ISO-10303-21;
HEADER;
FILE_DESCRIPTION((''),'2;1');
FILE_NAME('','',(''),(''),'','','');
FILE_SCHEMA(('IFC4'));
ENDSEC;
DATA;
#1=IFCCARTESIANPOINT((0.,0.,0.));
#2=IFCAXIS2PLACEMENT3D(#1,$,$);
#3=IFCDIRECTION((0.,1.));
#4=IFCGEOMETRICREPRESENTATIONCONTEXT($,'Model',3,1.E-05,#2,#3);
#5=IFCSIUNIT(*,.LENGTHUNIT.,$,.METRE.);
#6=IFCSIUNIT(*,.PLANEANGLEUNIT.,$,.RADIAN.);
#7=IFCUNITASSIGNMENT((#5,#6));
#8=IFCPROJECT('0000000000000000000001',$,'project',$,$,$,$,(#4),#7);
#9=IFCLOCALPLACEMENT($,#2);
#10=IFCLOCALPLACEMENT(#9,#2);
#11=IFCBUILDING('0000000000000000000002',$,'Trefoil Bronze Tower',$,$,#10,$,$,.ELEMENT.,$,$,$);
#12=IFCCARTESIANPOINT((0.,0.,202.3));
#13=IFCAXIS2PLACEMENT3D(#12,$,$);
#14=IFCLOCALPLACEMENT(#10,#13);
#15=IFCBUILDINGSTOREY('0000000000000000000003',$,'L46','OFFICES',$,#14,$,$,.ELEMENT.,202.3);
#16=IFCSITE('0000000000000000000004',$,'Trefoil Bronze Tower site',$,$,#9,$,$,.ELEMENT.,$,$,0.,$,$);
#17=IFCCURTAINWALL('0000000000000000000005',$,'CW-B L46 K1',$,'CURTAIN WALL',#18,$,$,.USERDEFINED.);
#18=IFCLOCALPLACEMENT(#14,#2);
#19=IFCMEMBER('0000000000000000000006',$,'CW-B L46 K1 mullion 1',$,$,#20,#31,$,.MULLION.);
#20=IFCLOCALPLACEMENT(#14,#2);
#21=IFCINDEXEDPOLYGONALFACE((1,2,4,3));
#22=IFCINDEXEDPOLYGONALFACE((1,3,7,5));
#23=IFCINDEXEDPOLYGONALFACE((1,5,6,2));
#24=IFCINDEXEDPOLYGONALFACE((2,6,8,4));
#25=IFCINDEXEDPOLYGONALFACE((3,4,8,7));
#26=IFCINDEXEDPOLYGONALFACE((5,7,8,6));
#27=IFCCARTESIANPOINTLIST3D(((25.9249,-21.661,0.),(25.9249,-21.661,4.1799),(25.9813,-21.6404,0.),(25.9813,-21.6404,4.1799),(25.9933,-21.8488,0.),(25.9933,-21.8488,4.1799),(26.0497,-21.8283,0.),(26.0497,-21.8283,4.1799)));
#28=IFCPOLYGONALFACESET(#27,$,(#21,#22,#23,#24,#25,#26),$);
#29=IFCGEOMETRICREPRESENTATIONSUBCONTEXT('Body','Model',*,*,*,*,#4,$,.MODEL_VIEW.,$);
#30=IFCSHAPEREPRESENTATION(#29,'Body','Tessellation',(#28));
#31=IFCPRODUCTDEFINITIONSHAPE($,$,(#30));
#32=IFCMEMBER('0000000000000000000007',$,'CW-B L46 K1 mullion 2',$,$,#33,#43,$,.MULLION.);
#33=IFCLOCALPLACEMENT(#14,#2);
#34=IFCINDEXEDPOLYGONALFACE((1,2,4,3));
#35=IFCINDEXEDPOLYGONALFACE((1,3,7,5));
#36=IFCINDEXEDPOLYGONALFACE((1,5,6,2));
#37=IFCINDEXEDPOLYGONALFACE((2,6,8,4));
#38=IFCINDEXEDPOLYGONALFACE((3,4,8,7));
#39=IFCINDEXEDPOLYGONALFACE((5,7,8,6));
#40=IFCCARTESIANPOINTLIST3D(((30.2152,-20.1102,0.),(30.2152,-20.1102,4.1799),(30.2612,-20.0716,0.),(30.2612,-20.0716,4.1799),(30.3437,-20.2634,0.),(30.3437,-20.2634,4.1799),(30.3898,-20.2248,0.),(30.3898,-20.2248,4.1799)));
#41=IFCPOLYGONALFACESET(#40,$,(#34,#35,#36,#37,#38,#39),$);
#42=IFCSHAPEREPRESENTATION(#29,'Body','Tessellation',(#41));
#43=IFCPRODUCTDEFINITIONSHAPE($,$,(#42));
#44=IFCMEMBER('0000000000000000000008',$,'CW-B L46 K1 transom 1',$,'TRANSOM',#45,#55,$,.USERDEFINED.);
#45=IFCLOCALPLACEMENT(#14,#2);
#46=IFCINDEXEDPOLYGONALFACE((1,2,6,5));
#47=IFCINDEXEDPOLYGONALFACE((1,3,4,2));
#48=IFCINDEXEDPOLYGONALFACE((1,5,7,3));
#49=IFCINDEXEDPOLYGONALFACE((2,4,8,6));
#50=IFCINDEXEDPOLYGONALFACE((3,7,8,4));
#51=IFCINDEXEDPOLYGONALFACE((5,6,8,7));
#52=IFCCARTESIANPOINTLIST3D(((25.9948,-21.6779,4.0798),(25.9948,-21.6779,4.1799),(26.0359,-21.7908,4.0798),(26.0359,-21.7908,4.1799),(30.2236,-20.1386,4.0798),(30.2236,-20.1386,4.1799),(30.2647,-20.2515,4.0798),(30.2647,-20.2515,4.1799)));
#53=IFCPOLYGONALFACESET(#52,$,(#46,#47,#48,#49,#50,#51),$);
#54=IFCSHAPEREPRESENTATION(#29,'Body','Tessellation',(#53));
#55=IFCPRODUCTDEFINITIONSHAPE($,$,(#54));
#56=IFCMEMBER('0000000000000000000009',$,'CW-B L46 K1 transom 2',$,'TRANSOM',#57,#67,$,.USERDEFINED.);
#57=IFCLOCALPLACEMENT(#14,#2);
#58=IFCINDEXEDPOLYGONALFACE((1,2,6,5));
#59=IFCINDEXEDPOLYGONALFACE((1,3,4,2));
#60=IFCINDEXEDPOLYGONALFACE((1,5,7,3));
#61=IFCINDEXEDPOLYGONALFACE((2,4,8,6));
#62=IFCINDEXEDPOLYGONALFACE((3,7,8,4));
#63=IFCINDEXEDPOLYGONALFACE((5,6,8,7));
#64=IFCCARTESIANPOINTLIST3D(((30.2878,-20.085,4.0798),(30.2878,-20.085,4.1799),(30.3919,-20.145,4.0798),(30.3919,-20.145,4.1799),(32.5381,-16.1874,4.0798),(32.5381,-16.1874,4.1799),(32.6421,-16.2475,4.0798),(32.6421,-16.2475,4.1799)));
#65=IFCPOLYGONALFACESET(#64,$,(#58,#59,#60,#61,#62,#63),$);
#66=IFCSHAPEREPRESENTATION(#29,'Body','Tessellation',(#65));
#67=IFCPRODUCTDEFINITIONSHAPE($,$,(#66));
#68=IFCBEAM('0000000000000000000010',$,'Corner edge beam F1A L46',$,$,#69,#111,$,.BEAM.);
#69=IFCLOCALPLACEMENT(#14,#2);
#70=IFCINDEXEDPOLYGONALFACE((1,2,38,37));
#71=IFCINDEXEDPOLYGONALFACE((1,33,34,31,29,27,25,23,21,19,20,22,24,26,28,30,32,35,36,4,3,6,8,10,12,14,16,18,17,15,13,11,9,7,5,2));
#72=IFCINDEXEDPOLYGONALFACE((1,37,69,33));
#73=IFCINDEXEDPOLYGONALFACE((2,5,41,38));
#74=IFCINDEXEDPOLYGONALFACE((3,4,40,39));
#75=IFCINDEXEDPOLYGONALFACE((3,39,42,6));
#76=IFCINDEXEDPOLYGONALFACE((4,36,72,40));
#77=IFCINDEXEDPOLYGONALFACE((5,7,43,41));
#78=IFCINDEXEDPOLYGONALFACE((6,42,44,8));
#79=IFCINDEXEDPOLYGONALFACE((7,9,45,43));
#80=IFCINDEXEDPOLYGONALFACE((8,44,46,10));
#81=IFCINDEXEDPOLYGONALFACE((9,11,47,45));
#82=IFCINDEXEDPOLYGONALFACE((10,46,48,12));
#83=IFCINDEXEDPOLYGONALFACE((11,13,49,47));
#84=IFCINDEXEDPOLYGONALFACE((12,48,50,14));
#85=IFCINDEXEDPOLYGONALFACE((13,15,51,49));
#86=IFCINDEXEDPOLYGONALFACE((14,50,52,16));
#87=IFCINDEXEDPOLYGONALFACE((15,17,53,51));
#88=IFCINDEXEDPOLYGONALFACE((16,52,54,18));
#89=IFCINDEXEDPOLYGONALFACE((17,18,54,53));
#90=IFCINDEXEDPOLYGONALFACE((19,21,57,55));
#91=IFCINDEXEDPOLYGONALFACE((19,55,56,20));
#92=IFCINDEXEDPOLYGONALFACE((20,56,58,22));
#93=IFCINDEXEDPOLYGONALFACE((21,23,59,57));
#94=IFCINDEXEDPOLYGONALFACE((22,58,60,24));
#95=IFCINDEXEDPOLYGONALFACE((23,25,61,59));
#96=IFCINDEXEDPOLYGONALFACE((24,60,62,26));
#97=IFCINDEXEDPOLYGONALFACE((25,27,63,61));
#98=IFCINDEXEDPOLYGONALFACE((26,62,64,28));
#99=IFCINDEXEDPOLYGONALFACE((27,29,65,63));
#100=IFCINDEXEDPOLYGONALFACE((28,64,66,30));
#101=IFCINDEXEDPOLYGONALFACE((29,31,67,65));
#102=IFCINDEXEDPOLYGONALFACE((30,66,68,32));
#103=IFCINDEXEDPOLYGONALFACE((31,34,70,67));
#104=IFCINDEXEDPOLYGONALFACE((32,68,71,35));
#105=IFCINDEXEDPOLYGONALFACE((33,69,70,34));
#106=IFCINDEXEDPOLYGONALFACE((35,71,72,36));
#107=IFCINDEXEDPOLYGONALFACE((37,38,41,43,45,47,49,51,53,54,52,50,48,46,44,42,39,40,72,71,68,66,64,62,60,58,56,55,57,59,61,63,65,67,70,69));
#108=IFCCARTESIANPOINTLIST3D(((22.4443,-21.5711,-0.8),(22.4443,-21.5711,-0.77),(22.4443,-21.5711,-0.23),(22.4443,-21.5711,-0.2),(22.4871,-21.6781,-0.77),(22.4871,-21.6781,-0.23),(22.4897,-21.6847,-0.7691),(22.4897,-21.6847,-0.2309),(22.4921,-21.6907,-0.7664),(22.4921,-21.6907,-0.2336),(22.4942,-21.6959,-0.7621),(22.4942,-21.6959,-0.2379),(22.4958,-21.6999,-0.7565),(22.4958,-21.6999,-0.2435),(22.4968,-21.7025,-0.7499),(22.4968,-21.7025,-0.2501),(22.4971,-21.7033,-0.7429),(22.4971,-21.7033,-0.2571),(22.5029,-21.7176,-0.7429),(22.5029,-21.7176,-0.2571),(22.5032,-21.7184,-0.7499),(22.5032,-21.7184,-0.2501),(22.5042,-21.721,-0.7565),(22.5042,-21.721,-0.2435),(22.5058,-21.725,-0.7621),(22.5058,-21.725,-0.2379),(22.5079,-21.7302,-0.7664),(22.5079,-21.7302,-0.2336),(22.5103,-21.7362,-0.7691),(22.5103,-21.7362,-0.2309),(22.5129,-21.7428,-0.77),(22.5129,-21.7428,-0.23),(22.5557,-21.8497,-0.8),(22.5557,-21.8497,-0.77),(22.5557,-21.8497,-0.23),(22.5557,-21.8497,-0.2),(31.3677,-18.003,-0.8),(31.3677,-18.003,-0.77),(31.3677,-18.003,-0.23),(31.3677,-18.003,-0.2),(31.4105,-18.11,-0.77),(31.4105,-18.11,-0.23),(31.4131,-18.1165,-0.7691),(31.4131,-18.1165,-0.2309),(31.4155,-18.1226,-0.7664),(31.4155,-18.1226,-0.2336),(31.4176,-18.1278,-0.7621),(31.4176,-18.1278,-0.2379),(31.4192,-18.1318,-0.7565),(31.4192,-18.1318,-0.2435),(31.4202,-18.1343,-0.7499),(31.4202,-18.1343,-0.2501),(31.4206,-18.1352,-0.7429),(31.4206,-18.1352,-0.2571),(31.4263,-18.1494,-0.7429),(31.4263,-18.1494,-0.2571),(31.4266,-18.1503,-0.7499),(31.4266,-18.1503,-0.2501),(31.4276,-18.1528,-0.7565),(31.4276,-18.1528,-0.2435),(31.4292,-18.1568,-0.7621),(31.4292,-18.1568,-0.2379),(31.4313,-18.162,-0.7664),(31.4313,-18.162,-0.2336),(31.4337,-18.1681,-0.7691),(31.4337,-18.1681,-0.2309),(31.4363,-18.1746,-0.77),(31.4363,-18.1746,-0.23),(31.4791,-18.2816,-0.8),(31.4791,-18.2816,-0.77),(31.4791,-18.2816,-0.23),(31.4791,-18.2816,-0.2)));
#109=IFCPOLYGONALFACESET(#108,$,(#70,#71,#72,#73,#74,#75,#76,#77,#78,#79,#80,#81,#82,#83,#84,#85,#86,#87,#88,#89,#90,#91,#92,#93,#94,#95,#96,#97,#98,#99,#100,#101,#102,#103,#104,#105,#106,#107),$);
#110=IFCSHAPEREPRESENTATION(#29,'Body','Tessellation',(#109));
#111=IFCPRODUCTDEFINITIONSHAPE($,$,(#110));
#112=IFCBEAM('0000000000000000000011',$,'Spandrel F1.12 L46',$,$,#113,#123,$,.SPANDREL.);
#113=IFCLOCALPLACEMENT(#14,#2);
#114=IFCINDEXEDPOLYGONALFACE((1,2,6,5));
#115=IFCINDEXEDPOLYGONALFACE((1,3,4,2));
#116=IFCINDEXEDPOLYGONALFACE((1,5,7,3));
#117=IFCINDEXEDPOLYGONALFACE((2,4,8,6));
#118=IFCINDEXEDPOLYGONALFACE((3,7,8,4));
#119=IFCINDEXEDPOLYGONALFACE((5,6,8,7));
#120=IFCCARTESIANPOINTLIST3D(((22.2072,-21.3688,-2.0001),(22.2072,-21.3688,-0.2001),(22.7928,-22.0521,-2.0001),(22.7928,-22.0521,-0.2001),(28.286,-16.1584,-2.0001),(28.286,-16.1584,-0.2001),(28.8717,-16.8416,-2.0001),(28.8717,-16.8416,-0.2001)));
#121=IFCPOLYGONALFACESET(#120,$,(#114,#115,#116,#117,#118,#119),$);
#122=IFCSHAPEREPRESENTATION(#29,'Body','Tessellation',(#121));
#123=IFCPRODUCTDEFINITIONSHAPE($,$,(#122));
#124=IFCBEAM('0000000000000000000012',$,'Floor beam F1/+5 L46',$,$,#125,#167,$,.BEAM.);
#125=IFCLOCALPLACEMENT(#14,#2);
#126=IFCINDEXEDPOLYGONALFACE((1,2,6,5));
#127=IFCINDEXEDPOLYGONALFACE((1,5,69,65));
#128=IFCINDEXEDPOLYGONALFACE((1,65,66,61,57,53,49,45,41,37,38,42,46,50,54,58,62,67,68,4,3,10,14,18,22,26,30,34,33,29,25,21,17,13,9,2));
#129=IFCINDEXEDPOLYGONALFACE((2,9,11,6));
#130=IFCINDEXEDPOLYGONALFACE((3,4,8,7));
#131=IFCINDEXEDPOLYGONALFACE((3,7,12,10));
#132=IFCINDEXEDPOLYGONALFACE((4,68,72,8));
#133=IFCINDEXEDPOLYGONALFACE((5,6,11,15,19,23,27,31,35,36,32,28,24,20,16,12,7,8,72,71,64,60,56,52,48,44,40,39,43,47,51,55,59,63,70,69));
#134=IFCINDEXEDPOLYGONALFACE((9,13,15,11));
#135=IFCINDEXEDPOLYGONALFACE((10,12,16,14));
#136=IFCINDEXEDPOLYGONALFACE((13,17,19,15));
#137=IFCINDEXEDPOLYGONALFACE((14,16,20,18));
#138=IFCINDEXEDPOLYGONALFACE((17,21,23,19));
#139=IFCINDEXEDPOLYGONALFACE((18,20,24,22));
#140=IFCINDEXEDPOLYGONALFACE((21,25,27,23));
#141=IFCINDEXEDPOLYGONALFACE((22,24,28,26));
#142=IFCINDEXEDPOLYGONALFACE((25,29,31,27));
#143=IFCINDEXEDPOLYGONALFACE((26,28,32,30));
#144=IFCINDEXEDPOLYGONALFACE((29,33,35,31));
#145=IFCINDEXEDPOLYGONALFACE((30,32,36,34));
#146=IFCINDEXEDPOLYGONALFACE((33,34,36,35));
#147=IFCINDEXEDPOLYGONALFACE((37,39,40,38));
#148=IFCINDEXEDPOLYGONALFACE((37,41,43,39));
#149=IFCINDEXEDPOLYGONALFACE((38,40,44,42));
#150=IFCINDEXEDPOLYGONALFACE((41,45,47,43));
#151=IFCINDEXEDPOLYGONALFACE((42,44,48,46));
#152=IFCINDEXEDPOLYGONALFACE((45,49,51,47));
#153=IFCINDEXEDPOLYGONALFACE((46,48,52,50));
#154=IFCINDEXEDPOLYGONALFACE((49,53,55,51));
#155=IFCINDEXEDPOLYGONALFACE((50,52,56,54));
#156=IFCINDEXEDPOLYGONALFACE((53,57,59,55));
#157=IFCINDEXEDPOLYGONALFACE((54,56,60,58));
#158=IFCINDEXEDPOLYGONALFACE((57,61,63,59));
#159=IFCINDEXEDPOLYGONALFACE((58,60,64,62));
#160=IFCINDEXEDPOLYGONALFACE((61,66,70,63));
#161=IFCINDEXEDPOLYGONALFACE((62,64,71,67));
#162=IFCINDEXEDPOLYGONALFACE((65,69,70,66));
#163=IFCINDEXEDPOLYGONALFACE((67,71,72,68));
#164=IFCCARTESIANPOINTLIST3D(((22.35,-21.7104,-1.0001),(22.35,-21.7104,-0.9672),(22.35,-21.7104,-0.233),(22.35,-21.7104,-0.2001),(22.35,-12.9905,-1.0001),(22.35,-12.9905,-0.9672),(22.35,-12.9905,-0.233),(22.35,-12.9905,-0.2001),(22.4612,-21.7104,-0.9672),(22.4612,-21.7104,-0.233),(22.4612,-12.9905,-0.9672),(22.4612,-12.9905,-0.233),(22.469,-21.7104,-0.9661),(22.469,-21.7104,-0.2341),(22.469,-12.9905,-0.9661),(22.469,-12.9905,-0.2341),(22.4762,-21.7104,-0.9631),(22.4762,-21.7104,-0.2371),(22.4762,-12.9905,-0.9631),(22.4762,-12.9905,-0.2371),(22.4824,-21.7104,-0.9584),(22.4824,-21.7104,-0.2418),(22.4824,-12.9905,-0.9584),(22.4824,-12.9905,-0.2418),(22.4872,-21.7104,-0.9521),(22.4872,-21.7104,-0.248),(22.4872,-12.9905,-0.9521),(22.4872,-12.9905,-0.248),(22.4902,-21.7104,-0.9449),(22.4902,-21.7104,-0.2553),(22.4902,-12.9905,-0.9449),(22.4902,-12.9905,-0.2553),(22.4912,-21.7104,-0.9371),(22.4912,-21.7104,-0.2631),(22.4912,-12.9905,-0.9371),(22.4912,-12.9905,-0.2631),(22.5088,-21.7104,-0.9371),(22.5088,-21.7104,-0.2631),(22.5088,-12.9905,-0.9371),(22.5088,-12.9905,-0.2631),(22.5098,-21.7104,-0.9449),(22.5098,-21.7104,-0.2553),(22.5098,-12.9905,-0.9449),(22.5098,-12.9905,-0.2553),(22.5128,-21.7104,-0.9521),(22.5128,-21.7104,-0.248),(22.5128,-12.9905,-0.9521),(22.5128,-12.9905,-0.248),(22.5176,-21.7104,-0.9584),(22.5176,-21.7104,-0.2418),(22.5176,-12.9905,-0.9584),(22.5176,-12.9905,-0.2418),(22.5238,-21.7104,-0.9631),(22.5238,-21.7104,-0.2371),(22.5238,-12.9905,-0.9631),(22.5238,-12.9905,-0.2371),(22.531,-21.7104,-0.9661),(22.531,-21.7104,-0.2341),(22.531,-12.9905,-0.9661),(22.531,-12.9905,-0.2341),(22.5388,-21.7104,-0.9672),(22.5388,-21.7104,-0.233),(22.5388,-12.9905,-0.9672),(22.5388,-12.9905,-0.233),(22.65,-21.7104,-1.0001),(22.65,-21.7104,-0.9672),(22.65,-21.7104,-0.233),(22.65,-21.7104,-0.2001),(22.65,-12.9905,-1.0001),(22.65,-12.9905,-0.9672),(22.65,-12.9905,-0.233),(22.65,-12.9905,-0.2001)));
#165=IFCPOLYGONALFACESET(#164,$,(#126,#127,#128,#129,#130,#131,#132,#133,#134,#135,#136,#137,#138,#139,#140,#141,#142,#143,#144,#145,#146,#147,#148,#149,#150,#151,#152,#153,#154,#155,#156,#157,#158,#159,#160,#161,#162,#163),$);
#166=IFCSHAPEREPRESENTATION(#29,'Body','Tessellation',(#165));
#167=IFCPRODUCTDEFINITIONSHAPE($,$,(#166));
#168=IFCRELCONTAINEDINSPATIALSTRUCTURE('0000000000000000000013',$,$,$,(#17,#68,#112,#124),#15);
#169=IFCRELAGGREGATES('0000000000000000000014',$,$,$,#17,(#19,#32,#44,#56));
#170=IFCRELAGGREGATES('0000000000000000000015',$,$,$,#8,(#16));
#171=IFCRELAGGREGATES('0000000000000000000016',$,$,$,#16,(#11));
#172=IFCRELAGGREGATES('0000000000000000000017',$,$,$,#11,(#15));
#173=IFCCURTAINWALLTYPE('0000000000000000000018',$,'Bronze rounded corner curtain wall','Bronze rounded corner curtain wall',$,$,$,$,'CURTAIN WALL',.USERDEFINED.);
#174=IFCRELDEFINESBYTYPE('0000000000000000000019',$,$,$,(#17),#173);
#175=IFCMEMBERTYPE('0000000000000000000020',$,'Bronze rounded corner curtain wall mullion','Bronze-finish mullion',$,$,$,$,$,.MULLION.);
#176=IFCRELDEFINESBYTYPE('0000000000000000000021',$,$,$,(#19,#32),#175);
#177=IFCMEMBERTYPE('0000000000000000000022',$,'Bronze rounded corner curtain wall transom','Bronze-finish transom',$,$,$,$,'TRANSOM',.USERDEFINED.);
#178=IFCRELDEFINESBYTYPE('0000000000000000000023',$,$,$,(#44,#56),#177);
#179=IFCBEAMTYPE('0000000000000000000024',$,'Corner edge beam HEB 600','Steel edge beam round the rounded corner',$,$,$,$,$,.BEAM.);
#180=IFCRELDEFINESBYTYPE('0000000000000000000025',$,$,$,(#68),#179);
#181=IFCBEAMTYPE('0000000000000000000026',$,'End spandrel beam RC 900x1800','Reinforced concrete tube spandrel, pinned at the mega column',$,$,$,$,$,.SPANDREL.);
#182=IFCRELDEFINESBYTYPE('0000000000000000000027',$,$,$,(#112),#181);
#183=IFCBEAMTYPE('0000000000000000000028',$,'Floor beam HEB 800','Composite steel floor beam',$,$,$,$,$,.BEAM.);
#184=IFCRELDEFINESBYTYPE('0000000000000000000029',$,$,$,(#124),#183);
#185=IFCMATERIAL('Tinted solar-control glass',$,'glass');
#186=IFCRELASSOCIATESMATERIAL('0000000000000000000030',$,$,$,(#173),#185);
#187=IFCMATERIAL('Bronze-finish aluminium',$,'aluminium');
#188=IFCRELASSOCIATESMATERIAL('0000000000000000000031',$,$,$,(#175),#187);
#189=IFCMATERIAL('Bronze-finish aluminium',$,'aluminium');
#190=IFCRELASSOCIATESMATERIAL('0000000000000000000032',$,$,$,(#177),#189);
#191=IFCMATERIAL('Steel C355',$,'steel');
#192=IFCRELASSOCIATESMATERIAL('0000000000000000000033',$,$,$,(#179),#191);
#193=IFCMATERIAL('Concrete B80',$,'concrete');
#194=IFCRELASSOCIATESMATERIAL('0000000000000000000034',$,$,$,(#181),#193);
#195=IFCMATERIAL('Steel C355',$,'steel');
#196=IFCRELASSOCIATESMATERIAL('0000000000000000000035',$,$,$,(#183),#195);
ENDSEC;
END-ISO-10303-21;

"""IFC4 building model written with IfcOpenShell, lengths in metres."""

from ifc_helpers import new_model, si_unit, direction, frame, origin, origin_2d, place, context, subcontext, project, spatial, rectangle, i_section, extrude, material, material_profile, profile_set, type_object, element, aggregate, save


model = new_model("IFC4")

# Units and contexts
model_context = context("Model", 3, precision=1e-05, world=origin(), true_north=direction((0.0, 1.0)))
body_context = subcontext(model_context, "Body", "Model", "MODEL_VIEW")
ifc_project = project(units=[si_unit("LENGTHUNIT", "METRE"), si_unit("PLANEANGLEUNIT", "RADIAN")], contexts=[model_context])

# Site, building, storey
site_placement = place(None, origin())
site = spatial("IfcSite", under=ifc_project, at=site_placement, Name="Trefoil Bronze Tower site", CompositionType="ELEMENT", RefElevation=0.0)
building_placement = place(site_placement, origin())
building = spatial("IfcBuilding", under=site, at=building_placement, Name="Trefoil Bronze Tower", CompositionType="ELEMENT")
storey_placement = place(building_placement, frame((0.0, 0.0, 202.3)))
storey = spatial("IfcBuildingStorey", under=building, at=storey_placement, Name="L46", Description="OFFICES", CompositionType="ELEMENT", Elevation=202.3)

# Curtain wall, members
ifc_material_1 = material(Name="Tinted solar-control glass", Category="glass")
curtain_wall_type_1 = type_object("IfcCurtainWallType", Name="Bronze rounded corner curtain wall", Description="Bronze rounded corner curtain wall", ElementType="CURTAIN WALL", PredefinedType="USERDEFINED", material=ifc_material_1)
curtain_wall_1_placement = place(storey_placement, origin())
curtain_wall_1 = element("IfcCurtainWall", 1, at=curtain_wall_1_placement, inside=storey, type_object=curtain_wall_type_1, Name="CW-B L46 K1", ObjectType="CURTAIN WALL", PredefinedType="USERDEFINED")
ifc_material_2 = material(Name="Bronze-finish aluminium", Category="aluminium")
ifc_material_profile_1 = material_profile(ifc_material_2, rectangle(XDim=0.2, YDim=0.0601, at=origin_2d()), Name="CW-B mullion")
ifc_profile_set_1 = profile_set([ifc_material_profile_1], Name="Bronze-finish aluminium")
member_type_1 = type_object("IfcMemberType", Name="Bronze rounded corner curtain wall mullion", Description="Bronze-finish mullion", PredefinedType="MULLION", material=ifc_profile_set_1)
member_1_placement = place(storey_placement, frame((25.9873, -21.7446, 0.0), z_axis=(0.0, 0.0, 1.0), x_axis=(-0.34202, 0.939693, 0.0)))
member_1 = element("IfcMember", 2, at=member_1_placement, type_object=member_type_1, Name="CW-B L46 K1 mullion 1", PredefinedType="MULLION", context=body_context, shape_type="SweptSolid", body=[
    extrude(rectangle(XDim=0.2, YDim=0.0601, at=origin_2d()), origin(), (0.0, 0.0, 1.0), 4.1799),
])
member_2_placement = place(storey_placement, frame((30.3025, -20.1675, 0.0), z_axis=(0.0, 0.0, 1.0), x_axis=(-0.642788, 0.766044, 0.0)))
member_2 = element("IfcMember", 3, at=member_2_placement, type_object=member_type_1, Name="CW-B L46 K1 mullion 2", PredefinedType="MULLION", context=body_context, shape_type="SweptSolid", body=[
    extrude(rectangle(XDim=0.2, YDim=0.0601, at=origin_2d()), origin(), (0.0, 0.0, 1.0), 4.1799),
])
ifc_material_3 = material(Name="Bronze-finish aluminium", Category="aluminium")
ifc_material_profile_2 = material_profile(ifc_material_3, rectangle(XDim=0.1201, YDim=0.1001, at=origin_2d()), Name="CW-B transom")
ifc_profile_set_2 = profile_set([ifc_material_profile_2], Name="Bronze-finish aluminium")
member_type_2 = type_object("IfcMemberType", Name="Bronze rounded corner curtain wall transom", Description="Bronze-finish transom", ElementType="TRANSOM", PredefinedType="USERDEFINED", material=ifc_profile_set_2)
member_3_placement = place(storey_placement, frame((26.0154, -21.7344, 4.1299), z_axis=(0.939681, 0.342052, 0.0), x_axis=(-0.342052, 0.939681, 0.0)))
member_3 = element("IfcMember", 4, at=member_3_placement, type_object=member_type_2, Name="CW-B L46 K1 transom 1", ObjectType="TRANSOM", PredefinedType="USERDEFINED", context=body_context, shape_type="SweptSolid", body=[
    extrude(rectangle(XDim=0.1201, YDim=0.1001, at=origin_2d()), origin(), (0.0, 0.0, 1.0), 4.5002),
])
member_4_placement = place(storey_placement, frame((30.3398, -20.115, 4.1299), z_axis=(0.500007, 0.866021, 0.0), x_axis=(-0.866021, 0.500007, 0.0)))
member_4 = element("IfcMember", 5, at=member_4_placement, type_object=member_type_2, Name="CW-B L46 K1 transom 2", ObjectType="TRANSOM", PredefinedType="USERDEFINED", context=body_context, shape_type="SweptSolid", body=[
    extrude(rectangle(XDim=0.1201, YDim=0.1001, at=origin_2d()), origin(), (0.0, 0.0, 1.0), 4.5005),
])

# Beams
ifc_material_4 = material(Name="Steel C355", Category="steel")
ifc_material_profile_3 = material_profile(ifc_material_4, i_section(OverallWidth=0.3, OverallDepth=0.6001, WebThickness=0.0154, FlangeThickness=0.03, FilletRadius=0.0271, at=origin_2d()), Name="HEB 600")
ifc_profile_set_3 = profile_set([ifc_material_profile_3], Name="Steel C355")
beam_type_1 = type_object("IfcBeamType", Name="Corner edge beam HEB 600", Description="Steel edge beam round the rounded corner", PredefinedType="BEAM", material=ifc_profile_set_3)
beam_1_placement = place(storey_placement, frame((22.5, -21.7104, -0.5), z_axis=(0.92852, 0.371281, 0.0), x_axis=(-0.371281, 0.92852, 0.0)))
element("IfcBeam", 6, at=beam_1_placement, inside=storey, type_object=beam_type_1, Name="Corner edge beam F1A L46", PredefinedType="BEAM", context=body_context, shape_type="SweptSolid", body=[
    extrude(i_section(OverallWidth=0.3, OverallDepth=0.6001, WebThickness=0.0154, FlangeThickness=0.03, FilletRadius=0.0271, at=origin_2d()), origin(), (0.0, 0.0, 1.0), 9.6104),
])
ifc_material_5 = material(Name="Concrete B80", Category="concrete")
ifc_material_profile_4 = material_profile(ifc_material_5, rectangle(XDim=0.8999, YDim=1.8, at=origin_2d()), Name="RC 900x1800")
ifc_profile_set_4 = profile_set([ifc_material_profile_4], Name="Concrete B80")
beam_type_2 = type_object("IfcBeamType", Name="End spandrel beam RC 900x1800", Description="Reinforced concrete tube spandrel, pinned at the mega column", PredefinedType="SPANDREL", material=ifc_profile_set_4)
beam_2_placement = place(storey_placement, frame((22.5, -21.7104, -1.1001), z_axis=(0.759257, 0.650791, 0.0), x_axis=(-0.650791, 0.759257, 0.0)))
element("IfcBeam", 7, at=beam_2_placement, inside=storey, type_object=beam_type_2, Name="Spandrel F1.12 L46", PredefinedType="SPANDREL", context=body_context, shape_type="SweptSolid", body=[
    extrude(rectangle(XDim=0.8999, YDim=1.8, at=origin_2d()), origin(), (0.0, 0.0, 1.0), 8.0063),
])
ifc_material_6 = material(Name="Steel C355", Category="steel")
ifc_material_profile_5 = material_profile(ifc_material_6, i_section(OverallWidth=0.3, OverallDepth=0.8, WebThickness=0.0176, FlangeThickness=0.033, FilletRadius=0.03, at=origin_2d()), Name="HEB 800")
ifc_profile_set_5 = profile_set([ifc_material_profile_5], Name="Steel C355")
beam_type_3 = type_object("IfcBeamType", Name="Floor beam HEB 800", Description="Composite steel floor beam", PredefinedType="BEAM", material=ifc_profile_set_5)
beam_3_placement = place(storey_placement, frame((22.5, -21.7104, -0.6001), z_axis=(0.0, 1.0, 0.0), x_axis=(-1.0, 0.0, 0.0)))
element("IfcBeam", 8, at=beam_3_placement, inside=storey, type_object=beam_type_3, Name="Floor beam F1/+5 L46", PredefinedType="BEAM", context=body_context, shape_type="SweptSolid", body=[
    extrude(i_section(OverallWidth=0.3, OverallDepth=0.8, WebThickness=0.0176, FlangeThickness=0.033, FilletRadius=0.03, at=origin_2d()), origin(), (0.0, 0.0, 1.0), 8.72),
])

aggregate(curtain_wall_1, [member_1, member_2, member_3, member_4])

save(model, "model.ifc")
